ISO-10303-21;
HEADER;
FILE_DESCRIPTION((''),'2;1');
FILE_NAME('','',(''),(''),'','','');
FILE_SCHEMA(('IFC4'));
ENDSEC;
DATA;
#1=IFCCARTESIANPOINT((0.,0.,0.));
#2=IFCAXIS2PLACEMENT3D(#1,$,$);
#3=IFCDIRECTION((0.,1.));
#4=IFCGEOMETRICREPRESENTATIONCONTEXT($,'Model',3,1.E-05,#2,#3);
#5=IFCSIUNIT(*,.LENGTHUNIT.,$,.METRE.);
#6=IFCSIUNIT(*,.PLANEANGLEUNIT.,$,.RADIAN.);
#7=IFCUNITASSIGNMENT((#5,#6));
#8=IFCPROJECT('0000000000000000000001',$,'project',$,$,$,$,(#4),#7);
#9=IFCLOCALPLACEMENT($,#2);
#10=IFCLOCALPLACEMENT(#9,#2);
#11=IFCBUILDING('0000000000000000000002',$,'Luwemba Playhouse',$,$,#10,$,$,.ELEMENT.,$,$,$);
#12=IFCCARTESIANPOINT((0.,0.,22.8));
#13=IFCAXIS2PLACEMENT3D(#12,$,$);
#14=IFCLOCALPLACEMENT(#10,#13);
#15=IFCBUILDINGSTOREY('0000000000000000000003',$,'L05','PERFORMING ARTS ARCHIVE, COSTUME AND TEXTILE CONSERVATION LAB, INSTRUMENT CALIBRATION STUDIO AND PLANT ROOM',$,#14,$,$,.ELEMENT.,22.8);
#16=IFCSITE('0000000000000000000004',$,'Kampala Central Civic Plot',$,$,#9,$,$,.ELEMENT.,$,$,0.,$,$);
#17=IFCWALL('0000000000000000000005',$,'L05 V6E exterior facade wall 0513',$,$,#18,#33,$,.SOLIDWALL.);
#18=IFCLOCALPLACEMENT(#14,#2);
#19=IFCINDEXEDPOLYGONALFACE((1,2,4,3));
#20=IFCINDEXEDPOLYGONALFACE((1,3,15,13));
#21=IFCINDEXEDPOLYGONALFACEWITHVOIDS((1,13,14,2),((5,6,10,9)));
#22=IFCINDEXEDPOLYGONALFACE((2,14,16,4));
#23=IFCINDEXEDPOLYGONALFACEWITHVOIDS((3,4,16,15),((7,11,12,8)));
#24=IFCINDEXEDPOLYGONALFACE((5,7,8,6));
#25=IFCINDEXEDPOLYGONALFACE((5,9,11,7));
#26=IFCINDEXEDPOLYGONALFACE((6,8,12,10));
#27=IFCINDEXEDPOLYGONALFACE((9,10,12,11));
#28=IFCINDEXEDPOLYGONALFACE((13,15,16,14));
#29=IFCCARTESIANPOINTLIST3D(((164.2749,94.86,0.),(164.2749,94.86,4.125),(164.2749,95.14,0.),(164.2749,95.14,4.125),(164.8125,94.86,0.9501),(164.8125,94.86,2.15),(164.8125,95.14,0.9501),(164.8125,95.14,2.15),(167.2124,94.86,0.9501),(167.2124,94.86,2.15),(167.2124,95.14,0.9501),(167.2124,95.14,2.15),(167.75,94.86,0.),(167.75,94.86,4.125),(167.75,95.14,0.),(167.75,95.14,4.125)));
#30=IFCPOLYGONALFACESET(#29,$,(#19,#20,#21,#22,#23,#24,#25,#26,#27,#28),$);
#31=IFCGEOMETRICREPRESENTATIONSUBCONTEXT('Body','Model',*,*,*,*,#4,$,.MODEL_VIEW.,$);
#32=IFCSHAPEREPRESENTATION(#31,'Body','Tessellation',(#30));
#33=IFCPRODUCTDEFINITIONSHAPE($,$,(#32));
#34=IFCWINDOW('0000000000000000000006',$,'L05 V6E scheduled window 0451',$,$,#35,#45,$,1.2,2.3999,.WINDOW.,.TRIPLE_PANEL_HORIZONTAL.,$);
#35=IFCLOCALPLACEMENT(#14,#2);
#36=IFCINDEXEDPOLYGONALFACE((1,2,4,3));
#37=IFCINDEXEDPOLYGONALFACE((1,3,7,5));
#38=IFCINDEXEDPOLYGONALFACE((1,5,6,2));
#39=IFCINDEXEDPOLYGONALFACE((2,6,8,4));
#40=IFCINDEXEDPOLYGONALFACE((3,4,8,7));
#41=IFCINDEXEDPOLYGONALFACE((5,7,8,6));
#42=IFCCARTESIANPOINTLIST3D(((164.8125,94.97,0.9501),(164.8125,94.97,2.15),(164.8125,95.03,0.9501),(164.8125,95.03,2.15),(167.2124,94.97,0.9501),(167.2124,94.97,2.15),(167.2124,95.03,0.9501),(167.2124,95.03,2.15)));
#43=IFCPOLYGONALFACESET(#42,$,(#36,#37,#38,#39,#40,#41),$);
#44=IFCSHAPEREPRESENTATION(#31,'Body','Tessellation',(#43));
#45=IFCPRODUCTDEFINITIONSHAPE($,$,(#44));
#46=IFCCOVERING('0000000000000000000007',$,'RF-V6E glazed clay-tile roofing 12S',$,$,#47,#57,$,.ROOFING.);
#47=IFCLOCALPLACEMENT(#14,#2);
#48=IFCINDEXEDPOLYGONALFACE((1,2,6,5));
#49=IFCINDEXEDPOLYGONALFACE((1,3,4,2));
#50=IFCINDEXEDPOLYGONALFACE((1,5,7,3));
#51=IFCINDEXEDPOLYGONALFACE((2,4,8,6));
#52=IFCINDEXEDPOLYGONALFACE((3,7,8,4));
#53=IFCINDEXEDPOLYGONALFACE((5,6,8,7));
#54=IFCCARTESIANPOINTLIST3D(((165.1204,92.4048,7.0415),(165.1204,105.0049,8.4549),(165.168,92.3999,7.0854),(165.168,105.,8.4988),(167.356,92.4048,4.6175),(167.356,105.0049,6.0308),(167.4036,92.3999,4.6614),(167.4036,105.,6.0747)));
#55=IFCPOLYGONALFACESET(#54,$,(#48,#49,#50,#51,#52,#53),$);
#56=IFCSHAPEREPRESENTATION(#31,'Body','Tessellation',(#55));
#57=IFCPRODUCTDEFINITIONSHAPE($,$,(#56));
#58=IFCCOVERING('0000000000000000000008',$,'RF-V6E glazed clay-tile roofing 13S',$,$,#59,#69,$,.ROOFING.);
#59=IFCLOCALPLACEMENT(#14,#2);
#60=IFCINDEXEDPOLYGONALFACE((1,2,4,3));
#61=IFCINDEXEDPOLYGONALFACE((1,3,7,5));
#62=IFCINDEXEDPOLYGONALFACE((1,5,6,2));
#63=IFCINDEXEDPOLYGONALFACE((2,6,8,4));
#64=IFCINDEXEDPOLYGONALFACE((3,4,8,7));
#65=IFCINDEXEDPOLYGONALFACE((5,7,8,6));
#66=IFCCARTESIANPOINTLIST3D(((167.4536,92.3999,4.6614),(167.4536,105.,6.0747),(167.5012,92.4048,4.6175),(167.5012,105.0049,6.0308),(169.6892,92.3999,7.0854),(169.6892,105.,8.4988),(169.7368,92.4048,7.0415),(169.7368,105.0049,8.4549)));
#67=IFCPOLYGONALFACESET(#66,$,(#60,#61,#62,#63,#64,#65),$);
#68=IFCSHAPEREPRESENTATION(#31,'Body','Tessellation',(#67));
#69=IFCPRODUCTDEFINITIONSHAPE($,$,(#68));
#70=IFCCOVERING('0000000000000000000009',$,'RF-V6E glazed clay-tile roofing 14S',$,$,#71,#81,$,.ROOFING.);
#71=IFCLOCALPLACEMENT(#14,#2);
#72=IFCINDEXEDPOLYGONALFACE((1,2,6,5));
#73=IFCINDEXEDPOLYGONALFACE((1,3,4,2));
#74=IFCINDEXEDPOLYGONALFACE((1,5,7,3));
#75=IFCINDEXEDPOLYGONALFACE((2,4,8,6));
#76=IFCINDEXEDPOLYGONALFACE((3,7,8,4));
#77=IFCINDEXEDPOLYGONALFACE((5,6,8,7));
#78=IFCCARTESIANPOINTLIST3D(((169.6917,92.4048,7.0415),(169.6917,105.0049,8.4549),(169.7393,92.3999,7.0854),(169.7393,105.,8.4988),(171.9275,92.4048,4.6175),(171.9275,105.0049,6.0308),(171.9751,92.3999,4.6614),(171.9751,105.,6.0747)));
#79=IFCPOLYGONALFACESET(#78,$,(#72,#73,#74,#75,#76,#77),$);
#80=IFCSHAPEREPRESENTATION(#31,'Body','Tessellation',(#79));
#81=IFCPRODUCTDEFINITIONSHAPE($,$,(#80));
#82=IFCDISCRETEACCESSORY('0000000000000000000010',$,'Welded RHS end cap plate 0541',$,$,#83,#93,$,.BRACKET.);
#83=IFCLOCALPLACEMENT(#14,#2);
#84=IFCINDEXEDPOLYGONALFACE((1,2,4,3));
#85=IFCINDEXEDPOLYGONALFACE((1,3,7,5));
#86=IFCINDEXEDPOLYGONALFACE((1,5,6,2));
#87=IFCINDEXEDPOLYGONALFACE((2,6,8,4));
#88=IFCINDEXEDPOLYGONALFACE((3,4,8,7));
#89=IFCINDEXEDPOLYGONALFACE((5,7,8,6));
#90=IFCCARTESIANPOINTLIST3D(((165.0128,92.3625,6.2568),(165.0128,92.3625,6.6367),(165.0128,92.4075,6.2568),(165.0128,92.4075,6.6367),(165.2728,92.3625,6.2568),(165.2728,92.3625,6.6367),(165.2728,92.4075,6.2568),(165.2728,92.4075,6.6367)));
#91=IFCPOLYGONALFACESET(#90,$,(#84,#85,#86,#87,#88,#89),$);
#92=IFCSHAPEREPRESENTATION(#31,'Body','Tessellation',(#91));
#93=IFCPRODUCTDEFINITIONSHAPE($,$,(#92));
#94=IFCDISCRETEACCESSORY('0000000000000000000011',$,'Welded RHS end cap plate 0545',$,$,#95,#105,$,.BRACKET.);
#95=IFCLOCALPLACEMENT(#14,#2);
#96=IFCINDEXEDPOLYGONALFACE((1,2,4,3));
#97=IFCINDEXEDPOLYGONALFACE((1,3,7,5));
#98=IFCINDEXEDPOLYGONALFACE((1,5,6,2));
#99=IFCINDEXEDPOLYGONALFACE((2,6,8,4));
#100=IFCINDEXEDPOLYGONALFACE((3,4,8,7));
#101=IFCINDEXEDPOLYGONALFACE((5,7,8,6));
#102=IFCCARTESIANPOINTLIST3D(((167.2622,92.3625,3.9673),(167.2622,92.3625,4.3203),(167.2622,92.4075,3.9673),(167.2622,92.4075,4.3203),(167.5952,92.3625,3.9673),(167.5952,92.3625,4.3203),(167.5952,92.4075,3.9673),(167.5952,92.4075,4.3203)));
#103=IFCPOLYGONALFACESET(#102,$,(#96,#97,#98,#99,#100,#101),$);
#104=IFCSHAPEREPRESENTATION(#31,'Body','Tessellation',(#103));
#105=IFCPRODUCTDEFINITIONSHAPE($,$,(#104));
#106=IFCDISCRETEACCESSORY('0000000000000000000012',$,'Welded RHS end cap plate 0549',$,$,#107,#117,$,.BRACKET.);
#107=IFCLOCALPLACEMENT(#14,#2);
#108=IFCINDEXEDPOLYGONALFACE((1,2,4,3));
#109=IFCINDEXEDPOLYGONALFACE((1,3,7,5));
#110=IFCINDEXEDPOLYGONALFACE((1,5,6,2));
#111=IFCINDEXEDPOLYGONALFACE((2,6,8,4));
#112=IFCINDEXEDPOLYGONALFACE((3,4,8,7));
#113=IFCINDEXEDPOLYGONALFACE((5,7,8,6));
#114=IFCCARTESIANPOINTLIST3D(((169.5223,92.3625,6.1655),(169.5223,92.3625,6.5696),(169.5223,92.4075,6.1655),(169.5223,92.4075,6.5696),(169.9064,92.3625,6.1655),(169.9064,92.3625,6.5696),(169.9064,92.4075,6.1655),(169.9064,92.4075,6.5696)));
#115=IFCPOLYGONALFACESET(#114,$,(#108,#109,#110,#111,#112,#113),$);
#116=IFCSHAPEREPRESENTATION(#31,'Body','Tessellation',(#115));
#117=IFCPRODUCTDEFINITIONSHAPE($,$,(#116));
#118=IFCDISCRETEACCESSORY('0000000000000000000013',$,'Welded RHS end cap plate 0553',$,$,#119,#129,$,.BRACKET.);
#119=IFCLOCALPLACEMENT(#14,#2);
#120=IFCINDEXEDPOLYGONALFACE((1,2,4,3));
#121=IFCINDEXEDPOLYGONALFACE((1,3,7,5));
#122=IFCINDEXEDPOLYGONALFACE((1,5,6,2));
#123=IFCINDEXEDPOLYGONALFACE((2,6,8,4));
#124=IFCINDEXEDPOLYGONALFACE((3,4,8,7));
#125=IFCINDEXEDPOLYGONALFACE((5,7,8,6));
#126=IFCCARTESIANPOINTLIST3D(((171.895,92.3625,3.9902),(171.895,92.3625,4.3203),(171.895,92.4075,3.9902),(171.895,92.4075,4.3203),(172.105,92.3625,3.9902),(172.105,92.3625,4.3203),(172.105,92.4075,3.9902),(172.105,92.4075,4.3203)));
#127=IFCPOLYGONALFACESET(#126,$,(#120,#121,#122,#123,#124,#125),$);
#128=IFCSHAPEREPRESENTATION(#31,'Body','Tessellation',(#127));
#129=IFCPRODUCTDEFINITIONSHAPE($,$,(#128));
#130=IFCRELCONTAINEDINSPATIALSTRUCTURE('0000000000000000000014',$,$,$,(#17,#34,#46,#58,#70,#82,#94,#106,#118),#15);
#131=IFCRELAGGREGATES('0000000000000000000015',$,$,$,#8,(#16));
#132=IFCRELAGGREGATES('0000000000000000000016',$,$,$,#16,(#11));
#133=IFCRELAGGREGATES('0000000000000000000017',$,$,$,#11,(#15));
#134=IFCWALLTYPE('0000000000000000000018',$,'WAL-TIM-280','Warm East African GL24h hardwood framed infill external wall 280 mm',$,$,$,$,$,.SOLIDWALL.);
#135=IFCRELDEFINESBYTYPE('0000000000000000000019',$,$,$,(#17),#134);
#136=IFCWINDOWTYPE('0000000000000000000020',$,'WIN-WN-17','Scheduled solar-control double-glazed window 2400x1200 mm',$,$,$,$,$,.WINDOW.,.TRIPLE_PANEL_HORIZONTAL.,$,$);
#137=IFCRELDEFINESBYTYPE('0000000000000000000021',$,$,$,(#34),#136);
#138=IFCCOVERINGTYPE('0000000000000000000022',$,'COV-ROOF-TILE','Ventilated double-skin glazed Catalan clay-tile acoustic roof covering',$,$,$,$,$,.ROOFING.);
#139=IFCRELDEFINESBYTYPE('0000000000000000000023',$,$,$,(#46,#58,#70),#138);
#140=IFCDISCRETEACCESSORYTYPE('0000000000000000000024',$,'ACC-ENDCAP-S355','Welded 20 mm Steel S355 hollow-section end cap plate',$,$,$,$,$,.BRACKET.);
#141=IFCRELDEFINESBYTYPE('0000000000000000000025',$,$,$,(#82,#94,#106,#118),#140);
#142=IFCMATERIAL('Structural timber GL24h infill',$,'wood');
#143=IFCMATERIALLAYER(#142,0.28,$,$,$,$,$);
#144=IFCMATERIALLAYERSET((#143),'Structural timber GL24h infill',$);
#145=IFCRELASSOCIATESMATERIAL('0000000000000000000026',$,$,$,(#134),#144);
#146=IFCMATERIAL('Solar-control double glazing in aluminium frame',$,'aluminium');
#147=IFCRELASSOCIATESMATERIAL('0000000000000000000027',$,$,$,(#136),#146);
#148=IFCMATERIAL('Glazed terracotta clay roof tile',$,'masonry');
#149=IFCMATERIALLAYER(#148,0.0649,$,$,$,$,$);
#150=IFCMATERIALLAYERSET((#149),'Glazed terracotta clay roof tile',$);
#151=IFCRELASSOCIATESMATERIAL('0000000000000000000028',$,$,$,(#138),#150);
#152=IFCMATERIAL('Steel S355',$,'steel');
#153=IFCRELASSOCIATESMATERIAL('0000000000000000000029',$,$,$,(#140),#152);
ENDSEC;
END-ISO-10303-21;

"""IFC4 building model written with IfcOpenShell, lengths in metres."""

from ifc_helpers import new_model, si_unit, direction, frame, frame_2d, origin, origin_2d, place, context, subcontext, project, spatial, polyline, rectangle, outline, extrude, material, layer, layer_set, type_object, element, fill, save


model = new_model("IFC4")

# Units and contexts
model_context = context("Model", 3, precision=1e-05, world=origin(), true_north=direction((0.0, 1.0)))
body_context = subcontext(model_context, "Body", "Model", "MODEL_VIEW")
ifc_project = project(units=[si_unit("LENGTHUNIT", "METRE"), si_unit("PLANEANGLEUNIT", "RADIAN")], contexts=[model_context])

# Site, building, storey
site_placement = place(None, origin())
site = spatial("IfcSite", under=ifc_project, at=site_placement, Name="Kampala Central Civic Plot", CompositionType="ELEMENT", RefElevation=0.0)
building_placement = place(site_placement, origin())
building = spatial("IfcBuilding", under=site, at=building_placement, Name="Luwemba Playhouse", CompositionType="ELEMENT")
storey_placement = place(building_placement, frame((0.0, 0.0, 22.8)))
storey = spatial("IfcBuildingStorey", under=building, at=storey_placement, Name="L05", Description="PERFORMING ARTS ARCHIVE, COSTUME AND TEXTILE CONSERVATION LAB, INSTRUMENT CALIBRATION STUDIO AND PLANT ROOM", CompositionType="ELEMENT", Elevation=22.8)

# Shared definitions
ifc_material_1 = material(Name="Steel S355", Category="steel")

# Wall, opening, window
ifc_material_2 = material(Name="Solar-control double glazing in aluminium frame", Category="aluminium")
ifc_material_3 = material(Name="Structural timber GL24h infill", Category="wood")
ifc_layer_1 = layer(ifc_material_3, 0.28)
ifc_layer_set_1 = layer_set([ifc_layer_1], Name="Structural timber GL24h infill")
wall_type_1 = type_object("IfcWallType", Name="WAL-TIM-280", Description="Warm East African GL24h hardwood framed infill external wall 280 mm", PredefinedType="SOLIDWALL", material=ifc_layer_set_1)
wall_1_placement = place(storey_placement, frame((167.75, 95.0, 0.0), z_axis=(0.0, 0.0, 1.0), x_axis=(-1.0, 0.0, 0.0)))
wall_1 = element("IfcWall", 1, at=wall_1_placement, inside=storey, type_object=wall_type_1, Name="L05 V6E exterior facade wall 0513", PredefinedType="SOLIDWALL", context=body_context, shape_type="SweptSolid", body=[
    extrude(rectangle(XDim=3.4751, YDim=0.28, at=frame_2d((1.7375, 0.0))), origin(), (0.0, 0.0, 1.0), 4.125),
])
opening_1_placement = place(wall_1_placement, frame((0.5376, 0.0, 0.95)))
opening_1 = element("IfcOpeningElement", 2, at=opening_1_placement, cuts=wall_1, PredefinedType="OPENING", context=body_context, shape_type="SweptSolid", body=[
    extrude(rectangle(XDim=2.3999, YDim=1.2, at=frame_2d((1.2, 0.6001))), frame((0.0, 0.1499, 0.0), z_axis=(0.0, -1.0, 0.0), x_axis=(1.0, 0.0, 0.0)), (0.0, 0.0, 1.0), 0.3),
])
window_type_1 = type_object("IfcWindowType", Name="WIN-WN-17", Description="Scheduled solar-control double-glazed window 2400x1200 mm", PartitioningType="TRIPLE_PANEL_HORIZONTAL", PredefinedType="WINDOW", material=ifc_material_2)
window_1_placement = place(opening_1_placement, origin())
window_1 = element("IfcWindow", 3, at=window_1_placement, inside=storey, type_object=window_type_1, Name="L05 V6E scheduled window 0451", OverallHeight=1.2, OverallWidth=2.3999, PartitioningType="TRIPLE_PANEL_HORIZONTAL", PredefinedType="WINDOW", context=body_context, shape_type="SweptSolid", body=[
    extrude(rectangle(XDim=2.3999, YDim=1.2, at=frame_2d((1.2, 0.6001))), frame((0.0, 0.03, 0.0), z_axis=(0.0, -1.0, 0.0), x_axis=(1.0, 0.0, 0.0)), (0.0, 0.0, 1.0), 0.0601),
])
fill(opening_1, window_1)

# Coverings
ifc_material_4 = material(Name="Glazed terracotta clay roof tile", Category="masonry")
ifc_layer_2 = layer(ifc_material_4, 0.0649)
ifc_layer_set_2 = layer_set([ifc_layer_2], Name="Glazed terracotta clay roof tile")
covering_type = type_object("IfcCoveringType", Name="COV-ROOF-TILE", Description="Ventilated double-skin glazed Catalan clay-tile acoustic roof covering", PredefinedType="ROOFING", material=ifc_layer_set_2)
covering_1_placement = place(storey_placement, frame((165.168, 92.3999, 7.0854), z_axis=(0.732991, -0.075826, 0.675999), x_axis=(0.677951, 0.0, -0.735107)))
element("IfcCovering", 4, at=covering_1_placement, inside=storey, type_object=covering_type, Name="RF-V6E glazed clay-tile roofing 12S", PredefinedType="ROOFING", context=body_context, shape_type="SweptSolid", body=[
    extrude(outline(polyline([(0.0, 0.0), (3.2976, 0.0), (2.2586, 12.6365), (-1.0389, 12.6365), (0.0, 0.0)])), origin(), (0.0, 0.0, -1.0), 0.0649),
])
covering_2_placement = place(storey_placement, frame((167.4536, 92.3999, 4.6614), z_axis=(-0.732991, -0.075826, 0.675999), x_axis=(0.677951, 0.0, 0.735107)))
element("IfcCovering", 5, at=covering_2_placement, inside=storey, type_object=covering_type, Name="RF-V6E glazed clay-tile roofing 13S", PredefinedType="ROOFING", context=body_context, shape_type="SweptSolid", body=[
    extrude(outline(polyline([(0.0, 0.0), (3.2976, 0.0), (4.3365, 12.6365), (1.0389, 12.6365), (0.0, 0.0)])), origin(), (0.0, 0.0, -1.0), 0.0649),
])
covering_3_placement = place(storey_placement, frame((169.7393, 92.3999, 7.0854), z_axis=(0.732954, -0.07583, 0.676039), x_axis=(0.677991, 0.0, -0.73507)))
element("IfcCovering", 6, at=covering_3_placement, inside=storey, type_object=covering_type, Name="RF-V6E glazed clay-tile roofing 14S", PredefinedType="ROOFING", context=body_context, shape_type="SweptSolid", body=[
    extrude(outline(polyline([(0.0, 0.0), (3.2977, 0.0), (2.2588, 12.6365), (-1.0389, 12.6365), (0.0, 0.0)])), origin(), (0.0, 0.0, -1.0), 0.0649),
])

# Discrete accessories
discrete_accessory_type = type_object("IfcDiscreteAccessoryType", Name="ACC-ENDCAP-S355", Description="Welded 20 mm Steel S355 hollow-section end cap plate", PredefinedType="BRACKET", material=ifc_material_1)
discrete_accessory_1_placement = place(storey_placement, frame((165.1428, 92.385, 6.2568), z_axis=(0.0, 0.0, 1.0), x_axis=(1.0, 0.0, 0.0)))
element("IfcDiscreteAccessory", 7, at=discrete_accessory_1_placement, inside=storey, type_object=discrete_accessory_type, Name="Welded RHS end cap plate 0541", PredefinedType="BRACKET", context=body_context, shape_type="SweptSolid", body=[
    extrude(rectangle(XDim=0.26, YDim=0.0449, at=origin_2d()), origin(), (0.0, 0.0, 1.0), 0.3799),
])
discrete_accessory_2_placement = place(storey_placement, frame((167.4287, 92.385, 3.9673), z_axis=(0.0, 0.0, 1.0), x_axis=(1.0, 0.0, 0.0)))
element("IfcDiscreteAccessory", 8, at=discrete_accessory_2_placement, inside=storey, type_object=discrete_accessory_type, Name="Welded RHS end cap plate 0545", PredefinedType="BRACKET", context=body_context, shape_type="SweptSolid", body=[
    extrude(rectangle(XDim=0.333, YDim=0.0449, at=origin_2d()), origin(), (0.0, 0.0, 1.0), 0.353),
])
discrete_accessory_3_placement = place(storey_placement, frame((169.7144, 92.385, 6.1655), z_axis=(0.0, 0.0, 1.0), x_axis=(1.0, 0.0, 0.0)))
element("IfcDiscreteAccessory", 9, at=discrete_accessory_3_placement, inside=storey, type_object=discrete_accessory_type, Name="Welded RHS end cap plate 0549", PredefinedType="BRACKET", context=body_context, shape_type="SweptSolid", body=[
    extrude(rectangle(XDim=0.384, YDim=0.0449, at=origin_2d()), origin(), (0.0, 0.0, 1.0), 0.4041),
])
discrete_accessory_4_placement = place(storey_placement, frame((172.0, 92.385, 3.9902), z_axis=(0.0, 0.0, 1.0), x_axis=(1.0, 0.0, 0.0)))
element("IfcDiscreteAccessory", 10, at=discrete_accessory_4_placement, inside=storey, type_object=discrete_accessory_type, Name="Welded RHS end cap plate 0553", PredefinedType="BRACKET", context=body_context, shape_type="SweptSolid", body=[
    extrude(rectangle(XDim=0.21, YDim=0.0449, at=origin_2d()), origin(), (0.0, 0.0, 1.0), 0.3301),
])

save(model, "model.ifc")
